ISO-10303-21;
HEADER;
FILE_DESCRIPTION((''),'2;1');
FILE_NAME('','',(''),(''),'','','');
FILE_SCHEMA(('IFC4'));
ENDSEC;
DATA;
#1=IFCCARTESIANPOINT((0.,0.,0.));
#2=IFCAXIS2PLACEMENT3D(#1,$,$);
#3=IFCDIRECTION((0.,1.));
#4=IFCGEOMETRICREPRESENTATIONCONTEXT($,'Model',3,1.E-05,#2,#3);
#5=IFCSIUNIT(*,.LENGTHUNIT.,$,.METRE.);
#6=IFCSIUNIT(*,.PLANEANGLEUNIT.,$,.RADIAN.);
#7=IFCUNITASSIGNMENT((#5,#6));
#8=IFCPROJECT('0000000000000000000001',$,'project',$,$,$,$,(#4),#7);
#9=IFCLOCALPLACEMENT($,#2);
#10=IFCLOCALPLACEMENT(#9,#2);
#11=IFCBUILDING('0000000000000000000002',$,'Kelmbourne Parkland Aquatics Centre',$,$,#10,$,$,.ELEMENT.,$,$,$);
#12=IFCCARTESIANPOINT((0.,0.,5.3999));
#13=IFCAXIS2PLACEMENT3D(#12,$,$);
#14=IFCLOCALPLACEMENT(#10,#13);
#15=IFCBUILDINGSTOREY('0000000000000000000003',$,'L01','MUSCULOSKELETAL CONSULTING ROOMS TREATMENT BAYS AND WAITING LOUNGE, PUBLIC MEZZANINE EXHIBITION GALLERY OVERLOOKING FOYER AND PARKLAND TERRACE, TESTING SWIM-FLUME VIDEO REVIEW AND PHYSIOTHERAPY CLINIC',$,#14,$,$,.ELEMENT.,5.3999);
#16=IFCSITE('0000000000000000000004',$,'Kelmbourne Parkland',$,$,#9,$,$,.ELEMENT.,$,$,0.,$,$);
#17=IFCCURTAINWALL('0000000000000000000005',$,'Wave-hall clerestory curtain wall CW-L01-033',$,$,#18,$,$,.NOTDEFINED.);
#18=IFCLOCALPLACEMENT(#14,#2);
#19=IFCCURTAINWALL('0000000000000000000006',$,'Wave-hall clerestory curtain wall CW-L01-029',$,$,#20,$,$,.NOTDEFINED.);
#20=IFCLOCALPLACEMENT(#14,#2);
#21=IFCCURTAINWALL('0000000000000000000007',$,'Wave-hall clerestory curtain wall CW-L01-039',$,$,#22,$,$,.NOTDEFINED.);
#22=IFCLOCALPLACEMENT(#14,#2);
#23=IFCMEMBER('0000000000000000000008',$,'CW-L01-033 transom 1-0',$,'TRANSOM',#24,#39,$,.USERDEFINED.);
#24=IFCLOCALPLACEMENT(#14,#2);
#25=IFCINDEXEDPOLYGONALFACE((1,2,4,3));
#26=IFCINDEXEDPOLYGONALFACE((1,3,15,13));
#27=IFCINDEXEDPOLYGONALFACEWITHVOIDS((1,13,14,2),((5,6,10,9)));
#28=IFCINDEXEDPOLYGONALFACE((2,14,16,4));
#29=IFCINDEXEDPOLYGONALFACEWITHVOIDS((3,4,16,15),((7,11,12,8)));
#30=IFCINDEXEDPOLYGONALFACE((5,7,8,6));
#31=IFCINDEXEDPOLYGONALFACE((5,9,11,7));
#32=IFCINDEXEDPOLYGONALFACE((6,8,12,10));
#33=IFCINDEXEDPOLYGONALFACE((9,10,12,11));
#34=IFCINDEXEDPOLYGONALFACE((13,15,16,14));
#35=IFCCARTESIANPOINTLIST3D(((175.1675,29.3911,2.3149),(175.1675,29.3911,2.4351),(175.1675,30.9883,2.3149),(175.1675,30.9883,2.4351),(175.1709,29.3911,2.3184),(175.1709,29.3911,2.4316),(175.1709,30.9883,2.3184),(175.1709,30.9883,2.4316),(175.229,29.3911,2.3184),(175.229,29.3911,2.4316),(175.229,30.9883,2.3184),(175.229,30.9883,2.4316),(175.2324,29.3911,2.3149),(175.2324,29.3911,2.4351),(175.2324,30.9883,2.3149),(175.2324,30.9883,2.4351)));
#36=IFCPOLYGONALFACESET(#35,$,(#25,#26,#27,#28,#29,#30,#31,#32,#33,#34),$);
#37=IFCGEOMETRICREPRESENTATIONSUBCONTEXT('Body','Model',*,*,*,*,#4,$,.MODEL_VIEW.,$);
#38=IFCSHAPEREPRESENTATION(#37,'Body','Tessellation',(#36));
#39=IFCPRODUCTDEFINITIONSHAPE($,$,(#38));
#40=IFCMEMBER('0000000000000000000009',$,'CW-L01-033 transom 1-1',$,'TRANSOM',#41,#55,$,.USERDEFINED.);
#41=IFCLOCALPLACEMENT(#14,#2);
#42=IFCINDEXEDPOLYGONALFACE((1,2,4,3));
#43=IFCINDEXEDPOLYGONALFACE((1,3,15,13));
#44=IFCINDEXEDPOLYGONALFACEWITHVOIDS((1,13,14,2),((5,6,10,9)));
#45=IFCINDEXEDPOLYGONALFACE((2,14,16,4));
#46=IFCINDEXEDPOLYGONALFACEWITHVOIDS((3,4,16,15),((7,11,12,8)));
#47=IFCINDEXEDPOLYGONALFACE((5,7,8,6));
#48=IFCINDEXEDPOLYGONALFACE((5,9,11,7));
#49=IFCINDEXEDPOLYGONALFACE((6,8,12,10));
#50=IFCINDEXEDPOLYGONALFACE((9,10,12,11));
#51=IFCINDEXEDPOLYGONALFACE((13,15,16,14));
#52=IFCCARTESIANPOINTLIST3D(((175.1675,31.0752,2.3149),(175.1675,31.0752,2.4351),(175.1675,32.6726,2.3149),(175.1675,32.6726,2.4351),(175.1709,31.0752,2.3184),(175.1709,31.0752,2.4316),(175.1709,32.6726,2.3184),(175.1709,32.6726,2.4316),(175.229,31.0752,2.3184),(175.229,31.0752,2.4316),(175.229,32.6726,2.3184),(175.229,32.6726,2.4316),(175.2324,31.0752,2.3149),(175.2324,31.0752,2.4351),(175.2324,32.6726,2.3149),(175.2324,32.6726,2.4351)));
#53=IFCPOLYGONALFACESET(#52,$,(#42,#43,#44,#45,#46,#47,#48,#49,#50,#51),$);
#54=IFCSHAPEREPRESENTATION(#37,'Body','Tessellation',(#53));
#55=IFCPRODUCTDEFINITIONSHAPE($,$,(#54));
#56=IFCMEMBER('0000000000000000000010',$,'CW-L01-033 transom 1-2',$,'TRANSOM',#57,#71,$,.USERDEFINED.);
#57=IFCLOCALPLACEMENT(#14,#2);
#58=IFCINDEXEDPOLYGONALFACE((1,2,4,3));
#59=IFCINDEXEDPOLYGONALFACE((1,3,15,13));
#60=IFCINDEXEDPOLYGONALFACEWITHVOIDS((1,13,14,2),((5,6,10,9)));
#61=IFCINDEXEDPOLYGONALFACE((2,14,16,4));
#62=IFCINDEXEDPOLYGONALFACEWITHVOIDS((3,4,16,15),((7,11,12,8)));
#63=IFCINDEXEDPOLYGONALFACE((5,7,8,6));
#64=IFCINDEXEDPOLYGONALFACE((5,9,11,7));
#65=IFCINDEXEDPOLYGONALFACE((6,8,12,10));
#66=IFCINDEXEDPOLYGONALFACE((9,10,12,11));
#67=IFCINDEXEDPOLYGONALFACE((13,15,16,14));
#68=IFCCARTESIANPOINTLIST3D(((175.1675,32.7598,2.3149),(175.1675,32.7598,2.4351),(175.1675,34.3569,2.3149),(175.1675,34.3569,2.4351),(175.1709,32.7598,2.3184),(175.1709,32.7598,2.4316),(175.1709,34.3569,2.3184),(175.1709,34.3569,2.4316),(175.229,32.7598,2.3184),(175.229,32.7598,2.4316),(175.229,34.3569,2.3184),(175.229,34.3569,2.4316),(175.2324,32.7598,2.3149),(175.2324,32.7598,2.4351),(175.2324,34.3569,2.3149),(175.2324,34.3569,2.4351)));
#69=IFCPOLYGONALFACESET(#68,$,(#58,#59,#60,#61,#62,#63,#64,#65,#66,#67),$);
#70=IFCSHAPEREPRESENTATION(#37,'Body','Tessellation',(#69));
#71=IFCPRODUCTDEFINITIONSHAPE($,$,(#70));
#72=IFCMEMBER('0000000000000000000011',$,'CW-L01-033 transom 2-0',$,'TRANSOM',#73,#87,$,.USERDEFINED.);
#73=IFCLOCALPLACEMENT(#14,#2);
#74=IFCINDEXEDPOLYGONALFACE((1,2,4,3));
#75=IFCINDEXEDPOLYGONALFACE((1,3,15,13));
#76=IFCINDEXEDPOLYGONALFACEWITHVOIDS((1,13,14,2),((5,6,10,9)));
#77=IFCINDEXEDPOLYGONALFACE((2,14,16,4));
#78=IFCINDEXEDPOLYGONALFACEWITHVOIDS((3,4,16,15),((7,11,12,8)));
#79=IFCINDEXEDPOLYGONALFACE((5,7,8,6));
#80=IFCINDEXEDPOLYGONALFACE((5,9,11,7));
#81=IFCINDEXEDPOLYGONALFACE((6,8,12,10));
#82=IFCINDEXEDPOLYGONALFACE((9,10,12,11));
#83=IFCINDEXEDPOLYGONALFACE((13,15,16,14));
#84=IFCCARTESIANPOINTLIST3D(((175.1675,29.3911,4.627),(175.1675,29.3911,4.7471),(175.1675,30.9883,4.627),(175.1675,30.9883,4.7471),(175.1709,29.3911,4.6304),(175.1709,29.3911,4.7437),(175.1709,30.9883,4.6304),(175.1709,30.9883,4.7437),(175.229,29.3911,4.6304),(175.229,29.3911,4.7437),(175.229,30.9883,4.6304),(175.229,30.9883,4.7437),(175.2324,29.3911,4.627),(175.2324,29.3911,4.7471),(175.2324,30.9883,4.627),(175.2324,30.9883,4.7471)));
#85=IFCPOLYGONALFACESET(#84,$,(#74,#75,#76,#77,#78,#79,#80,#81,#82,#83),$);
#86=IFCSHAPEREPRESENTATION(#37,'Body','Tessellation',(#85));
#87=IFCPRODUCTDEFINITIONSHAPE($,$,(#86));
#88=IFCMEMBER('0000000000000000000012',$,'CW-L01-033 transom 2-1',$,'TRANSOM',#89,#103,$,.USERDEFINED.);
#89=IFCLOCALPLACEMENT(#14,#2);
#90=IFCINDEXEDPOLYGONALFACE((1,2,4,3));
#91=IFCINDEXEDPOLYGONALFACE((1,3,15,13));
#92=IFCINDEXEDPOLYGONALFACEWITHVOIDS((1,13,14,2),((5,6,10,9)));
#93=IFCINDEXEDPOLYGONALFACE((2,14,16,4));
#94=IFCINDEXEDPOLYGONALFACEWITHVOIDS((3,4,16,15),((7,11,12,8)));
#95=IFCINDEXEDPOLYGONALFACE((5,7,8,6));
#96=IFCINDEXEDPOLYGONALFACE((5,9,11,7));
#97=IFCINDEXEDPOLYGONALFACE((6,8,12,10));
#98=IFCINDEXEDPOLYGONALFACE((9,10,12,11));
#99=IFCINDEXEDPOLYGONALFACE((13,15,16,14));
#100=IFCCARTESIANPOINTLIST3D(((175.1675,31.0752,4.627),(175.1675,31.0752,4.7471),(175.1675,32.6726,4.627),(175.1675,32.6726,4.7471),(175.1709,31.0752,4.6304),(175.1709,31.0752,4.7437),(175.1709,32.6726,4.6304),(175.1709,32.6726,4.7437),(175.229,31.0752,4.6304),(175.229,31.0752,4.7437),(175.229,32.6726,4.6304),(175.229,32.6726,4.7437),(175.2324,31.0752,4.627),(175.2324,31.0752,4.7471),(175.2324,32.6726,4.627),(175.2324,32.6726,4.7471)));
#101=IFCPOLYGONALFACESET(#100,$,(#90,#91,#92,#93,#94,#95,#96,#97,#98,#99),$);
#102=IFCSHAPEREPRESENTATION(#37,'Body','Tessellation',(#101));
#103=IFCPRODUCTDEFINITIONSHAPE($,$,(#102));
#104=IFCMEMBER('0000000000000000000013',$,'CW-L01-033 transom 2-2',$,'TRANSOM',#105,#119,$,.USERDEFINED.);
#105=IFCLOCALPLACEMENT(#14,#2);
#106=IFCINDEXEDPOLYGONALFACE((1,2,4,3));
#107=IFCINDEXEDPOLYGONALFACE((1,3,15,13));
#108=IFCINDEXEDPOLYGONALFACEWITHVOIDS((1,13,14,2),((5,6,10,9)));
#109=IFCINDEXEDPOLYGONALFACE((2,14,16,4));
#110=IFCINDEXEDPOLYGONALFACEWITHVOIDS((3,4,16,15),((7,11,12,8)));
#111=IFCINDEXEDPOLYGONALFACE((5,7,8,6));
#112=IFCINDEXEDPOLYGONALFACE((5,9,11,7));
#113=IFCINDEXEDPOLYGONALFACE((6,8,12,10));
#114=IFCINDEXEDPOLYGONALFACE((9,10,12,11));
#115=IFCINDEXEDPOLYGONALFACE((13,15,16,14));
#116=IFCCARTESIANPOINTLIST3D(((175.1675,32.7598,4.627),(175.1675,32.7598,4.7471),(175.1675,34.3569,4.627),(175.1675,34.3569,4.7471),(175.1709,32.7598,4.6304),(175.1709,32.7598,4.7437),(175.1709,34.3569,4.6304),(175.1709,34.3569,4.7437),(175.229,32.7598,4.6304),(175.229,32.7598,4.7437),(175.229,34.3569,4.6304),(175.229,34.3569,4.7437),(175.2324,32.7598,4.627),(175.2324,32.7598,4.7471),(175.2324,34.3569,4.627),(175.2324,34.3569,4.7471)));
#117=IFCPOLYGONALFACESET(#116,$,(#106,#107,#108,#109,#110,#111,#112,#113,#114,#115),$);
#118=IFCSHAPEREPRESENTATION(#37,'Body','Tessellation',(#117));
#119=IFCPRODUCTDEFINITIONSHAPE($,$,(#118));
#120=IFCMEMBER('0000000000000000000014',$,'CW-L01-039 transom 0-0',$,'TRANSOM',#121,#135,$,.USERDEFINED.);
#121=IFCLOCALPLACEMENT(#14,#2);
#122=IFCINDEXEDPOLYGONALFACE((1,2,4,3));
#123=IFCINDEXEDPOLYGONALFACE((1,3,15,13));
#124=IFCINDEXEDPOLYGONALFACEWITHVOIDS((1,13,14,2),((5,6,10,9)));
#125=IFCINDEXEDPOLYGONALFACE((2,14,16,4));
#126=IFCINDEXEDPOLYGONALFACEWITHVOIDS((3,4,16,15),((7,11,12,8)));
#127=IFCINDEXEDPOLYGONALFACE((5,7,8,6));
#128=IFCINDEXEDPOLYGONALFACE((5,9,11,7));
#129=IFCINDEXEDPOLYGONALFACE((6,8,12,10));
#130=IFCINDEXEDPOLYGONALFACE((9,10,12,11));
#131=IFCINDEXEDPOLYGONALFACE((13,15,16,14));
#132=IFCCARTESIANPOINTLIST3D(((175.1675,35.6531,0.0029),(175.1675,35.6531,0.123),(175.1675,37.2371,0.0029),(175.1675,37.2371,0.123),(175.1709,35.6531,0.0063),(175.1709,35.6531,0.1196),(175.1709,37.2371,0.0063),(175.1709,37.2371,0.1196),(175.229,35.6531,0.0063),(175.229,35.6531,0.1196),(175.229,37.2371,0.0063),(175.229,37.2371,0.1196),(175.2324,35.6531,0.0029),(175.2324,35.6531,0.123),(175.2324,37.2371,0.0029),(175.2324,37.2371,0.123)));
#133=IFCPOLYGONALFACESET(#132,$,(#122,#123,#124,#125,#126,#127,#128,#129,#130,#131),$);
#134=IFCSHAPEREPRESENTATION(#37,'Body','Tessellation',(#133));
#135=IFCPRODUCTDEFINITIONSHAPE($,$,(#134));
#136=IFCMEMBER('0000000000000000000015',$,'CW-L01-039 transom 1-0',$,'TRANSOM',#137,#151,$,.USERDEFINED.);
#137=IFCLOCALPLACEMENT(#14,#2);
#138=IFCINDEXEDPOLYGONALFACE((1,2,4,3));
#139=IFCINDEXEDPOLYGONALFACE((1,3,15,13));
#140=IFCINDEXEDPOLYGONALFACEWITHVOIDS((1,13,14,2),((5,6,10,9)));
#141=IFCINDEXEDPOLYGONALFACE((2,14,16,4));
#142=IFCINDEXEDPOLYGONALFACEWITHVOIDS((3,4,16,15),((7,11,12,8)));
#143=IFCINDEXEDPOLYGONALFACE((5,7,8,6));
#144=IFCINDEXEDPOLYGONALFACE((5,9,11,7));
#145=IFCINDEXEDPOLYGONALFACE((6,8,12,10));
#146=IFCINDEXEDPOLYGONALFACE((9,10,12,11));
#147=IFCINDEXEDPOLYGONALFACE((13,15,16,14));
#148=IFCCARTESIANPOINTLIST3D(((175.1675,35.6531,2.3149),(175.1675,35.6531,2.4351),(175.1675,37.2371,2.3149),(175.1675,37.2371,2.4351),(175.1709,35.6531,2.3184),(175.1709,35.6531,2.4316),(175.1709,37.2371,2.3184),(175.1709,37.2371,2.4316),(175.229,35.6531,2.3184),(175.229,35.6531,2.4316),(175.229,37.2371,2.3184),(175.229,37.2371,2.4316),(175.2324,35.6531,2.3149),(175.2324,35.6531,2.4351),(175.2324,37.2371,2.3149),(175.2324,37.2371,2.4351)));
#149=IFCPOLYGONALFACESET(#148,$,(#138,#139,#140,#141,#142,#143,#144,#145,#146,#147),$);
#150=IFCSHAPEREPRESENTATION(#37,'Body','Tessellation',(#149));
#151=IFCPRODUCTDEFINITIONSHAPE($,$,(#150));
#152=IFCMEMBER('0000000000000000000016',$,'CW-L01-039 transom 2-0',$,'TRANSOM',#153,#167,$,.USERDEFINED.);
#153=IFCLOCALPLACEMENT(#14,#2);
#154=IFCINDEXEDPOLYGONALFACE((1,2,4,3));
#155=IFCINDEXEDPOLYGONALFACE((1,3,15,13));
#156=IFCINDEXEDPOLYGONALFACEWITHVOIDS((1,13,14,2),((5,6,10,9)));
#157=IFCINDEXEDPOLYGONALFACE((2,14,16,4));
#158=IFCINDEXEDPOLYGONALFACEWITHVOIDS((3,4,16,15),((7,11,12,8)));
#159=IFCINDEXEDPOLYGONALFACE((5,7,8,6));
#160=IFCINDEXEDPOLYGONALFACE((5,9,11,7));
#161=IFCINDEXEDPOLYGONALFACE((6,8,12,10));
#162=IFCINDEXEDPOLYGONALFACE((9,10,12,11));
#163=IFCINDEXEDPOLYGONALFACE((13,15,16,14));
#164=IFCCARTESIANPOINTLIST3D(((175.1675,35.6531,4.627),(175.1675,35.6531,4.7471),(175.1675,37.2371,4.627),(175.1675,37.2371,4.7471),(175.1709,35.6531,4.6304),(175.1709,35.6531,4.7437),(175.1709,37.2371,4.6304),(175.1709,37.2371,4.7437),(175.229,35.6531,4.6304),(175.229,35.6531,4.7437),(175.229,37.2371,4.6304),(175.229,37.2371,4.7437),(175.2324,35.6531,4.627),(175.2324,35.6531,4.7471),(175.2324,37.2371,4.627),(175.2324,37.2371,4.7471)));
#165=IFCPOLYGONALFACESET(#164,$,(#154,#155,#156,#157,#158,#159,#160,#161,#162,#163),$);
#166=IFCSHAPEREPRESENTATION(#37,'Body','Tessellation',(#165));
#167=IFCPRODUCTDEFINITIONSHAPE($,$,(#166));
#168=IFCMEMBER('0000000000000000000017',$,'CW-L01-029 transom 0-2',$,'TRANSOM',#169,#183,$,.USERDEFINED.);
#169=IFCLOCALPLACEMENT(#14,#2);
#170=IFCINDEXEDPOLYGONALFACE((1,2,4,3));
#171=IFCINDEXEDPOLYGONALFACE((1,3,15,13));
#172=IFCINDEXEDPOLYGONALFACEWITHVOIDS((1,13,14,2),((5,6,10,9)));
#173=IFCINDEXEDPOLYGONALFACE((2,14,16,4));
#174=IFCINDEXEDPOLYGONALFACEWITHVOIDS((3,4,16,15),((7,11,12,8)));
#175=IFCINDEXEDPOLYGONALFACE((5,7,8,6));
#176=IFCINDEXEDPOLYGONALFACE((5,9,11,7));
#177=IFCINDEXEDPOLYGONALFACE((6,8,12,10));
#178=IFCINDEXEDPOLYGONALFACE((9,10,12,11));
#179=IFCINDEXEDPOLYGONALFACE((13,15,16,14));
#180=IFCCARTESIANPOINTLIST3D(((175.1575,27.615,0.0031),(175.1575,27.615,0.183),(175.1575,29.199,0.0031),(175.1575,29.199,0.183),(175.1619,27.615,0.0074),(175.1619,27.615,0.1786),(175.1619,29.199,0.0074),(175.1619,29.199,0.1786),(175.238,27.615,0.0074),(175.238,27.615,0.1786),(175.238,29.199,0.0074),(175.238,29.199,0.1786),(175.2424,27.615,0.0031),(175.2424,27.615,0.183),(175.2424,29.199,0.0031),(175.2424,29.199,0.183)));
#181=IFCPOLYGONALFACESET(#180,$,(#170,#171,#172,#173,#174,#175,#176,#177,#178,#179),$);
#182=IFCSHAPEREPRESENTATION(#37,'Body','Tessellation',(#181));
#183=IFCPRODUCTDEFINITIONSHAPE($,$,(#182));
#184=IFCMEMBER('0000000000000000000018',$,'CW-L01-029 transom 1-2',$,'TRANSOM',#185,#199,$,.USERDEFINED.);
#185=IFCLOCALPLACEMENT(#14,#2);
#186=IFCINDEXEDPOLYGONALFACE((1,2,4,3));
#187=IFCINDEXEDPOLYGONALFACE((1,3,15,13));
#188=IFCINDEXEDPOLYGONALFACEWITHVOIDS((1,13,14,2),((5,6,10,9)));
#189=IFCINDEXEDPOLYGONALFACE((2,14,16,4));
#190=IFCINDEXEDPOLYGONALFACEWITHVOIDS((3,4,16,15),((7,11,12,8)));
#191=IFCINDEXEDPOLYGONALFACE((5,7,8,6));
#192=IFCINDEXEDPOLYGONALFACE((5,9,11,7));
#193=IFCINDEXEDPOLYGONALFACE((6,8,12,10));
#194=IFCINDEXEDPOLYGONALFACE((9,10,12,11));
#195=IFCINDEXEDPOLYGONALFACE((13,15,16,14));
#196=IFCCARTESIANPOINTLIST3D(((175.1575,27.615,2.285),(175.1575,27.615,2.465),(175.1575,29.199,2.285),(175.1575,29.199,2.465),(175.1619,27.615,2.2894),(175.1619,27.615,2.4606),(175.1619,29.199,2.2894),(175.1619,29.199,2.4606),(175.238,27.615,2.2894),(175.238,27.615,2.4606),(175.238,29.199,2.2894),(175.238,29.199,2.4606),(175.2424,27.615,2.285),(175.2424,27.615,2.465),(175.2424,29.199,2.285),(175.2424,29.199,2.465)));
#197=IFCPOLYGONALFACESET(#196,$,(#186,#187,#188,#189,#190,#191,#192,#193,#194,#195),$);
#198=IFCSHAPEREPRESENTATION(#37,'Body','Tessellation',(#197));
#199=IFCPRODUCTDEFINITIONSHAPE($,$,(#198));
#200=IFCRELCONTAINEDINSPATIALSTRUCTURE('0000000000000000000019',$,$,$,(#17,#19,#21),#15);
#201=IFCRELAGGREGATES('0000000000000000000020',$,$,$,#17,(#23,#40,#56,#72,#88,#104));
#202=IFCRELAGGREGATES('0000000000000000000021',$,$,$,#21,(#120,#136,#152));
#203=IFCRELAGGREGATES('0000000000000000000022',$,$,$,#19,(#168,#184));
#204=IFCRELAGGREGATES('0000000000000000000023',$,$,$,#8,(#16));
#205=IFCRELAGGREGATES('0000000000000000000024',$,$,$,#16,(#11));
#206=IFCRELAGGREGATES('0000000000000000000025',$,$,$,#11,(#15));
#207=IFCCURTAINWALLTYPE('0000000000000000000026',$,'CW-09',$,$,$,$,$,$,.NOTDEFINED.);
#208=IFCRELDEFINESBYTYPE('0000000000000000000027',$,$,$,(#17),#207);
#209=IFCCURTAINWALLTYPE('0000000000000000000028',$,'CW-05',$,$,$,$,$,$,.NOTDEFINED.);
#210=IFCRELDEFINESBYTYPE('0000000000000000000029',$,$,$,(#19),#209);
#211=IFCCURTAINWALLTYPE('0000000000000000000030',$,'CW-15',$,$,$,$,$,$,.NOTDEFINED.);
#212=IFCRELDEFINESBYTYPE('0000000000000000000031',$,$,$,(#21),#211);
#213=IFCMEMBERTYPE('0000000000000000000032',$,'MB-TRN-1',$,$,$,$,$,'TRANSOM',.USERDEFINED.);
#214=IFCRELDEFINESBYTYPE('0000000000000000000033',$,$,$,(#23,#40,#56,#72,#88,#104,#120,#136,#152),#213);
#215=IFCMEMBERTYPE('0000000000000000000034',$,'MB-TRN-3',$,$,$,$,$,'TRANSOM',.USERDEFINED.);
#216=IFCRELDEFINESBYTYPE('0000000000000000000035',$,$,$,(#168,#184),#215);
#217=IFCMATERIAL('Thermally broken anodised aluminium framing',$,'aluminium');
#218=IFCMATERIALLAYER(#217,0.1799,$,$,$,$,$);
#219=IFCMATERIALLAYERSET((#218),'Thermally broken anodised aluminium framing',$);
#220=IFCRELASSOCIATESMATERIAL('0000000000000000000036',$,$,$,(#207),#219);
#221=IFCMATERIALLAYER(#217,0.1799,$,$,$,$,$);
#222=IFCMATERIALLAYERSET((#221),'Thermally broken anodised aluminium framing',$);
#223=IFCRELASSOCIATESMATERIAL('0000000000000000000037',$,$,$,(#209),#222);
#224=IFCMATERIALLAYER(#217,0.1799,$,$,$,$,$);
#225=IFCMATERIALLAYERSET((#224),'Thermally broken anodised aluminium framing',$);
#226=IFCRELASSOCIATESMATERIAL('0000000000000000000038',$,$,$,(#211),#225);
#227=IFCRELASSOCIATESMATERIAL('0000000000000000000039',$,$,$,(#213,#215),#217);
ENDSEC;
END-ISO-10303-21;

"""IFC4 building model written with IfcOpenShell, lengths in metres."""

from ifc_helpers import new_model, si_unit, direction, frame, origin, origin_2d, place, context, subcontext, project, spatial, hollow_rectangle, extrude, material, layer, layer_set, material_profile, profile_set, type_object, element, aggregate, save


model = new_model("IFC4")

# Units and contexts
model_context = context("Model", 3, precision=1e-05, world=origin(), true_north=direction((0.0, 1.0)))
body_context = subcontext(model_context, "Body", "Model", "MODEL_VIEW")
ifc_project = project(units=[si_unit("LENGTHUNIT", "METRE"), si_unit("PLANEANGLEUNIT", "RADIAN")], contexts=[model_context])

# Site, building, storey
site_placement = place(None, origin())
site = spatial("IfcSite", under=ifc_project, at=site_placement, Name="Kelmbourne Parkland", CompositionType="ELEMENT", RefElevation=0.0)
building_placement = place(site_placement, origin())
building = spatial("IfcBuilding", under=site, at=building_placement, Name="Kelmbourne Parkland Aquatics Centre", CompositionType="ELEMENT")
storey_placement = place(building_placement, frame((0.0, 0.0, 5.3999)))
storey = spatial("IfcBuildingStorey", under=building, at=storey_placement, Name="L01", Description="MUSCULOSKELETAL CONSULTING ROOMS TREATMENT BAYS AND WAITING LOUNGE, PUBLIC MEZZANINE EXHIBITION GALLERY OVERLOOKING FOYER AND PARKLAND TERRACE, TESTING SWIM-FLUME VIDEO REVIEW AND PHYSIOTHERAPY CLINIC", CompositionType="ELEMENT", Elevation=5.3999)

# Curtain walls
ifc_material_1 = material(Name="Thermally broken anodised aluminium framing", Category="aluminium")
ifc_layer_1 = layer(ifc_material_1, 0.1799)
ifc_layer_set_1 = layer_set([ifc_layer_1], Name="Thermally broken anodised aluminium framing")
curtain_wall_type_1 = type_object("IfcCurtainWallType", Name="CW-09", PredefinedType="NOTDEFINED", material=ifc_layer_set_1)
curtain_wall_1_placement = place(storey_placement, origin())
curtain_wall_1 = element("IfcCurtainWall", 1, at=curtain_wall_1_placement, inside=storey, type_object=curtain_wall_type_1, Name="Wave-hall clerestory curtain wall CW-L01-033", PredefinedType="NOTDEFINED")
ifc_layer_2 = layer(ifc_material_1, 0.1799)
ifc_layer_set_2 = layer_set([ifc_layer_2], Name="Thermally broken anodised aluminium framing")
curtain_wall_type_2 = type_object("IfcCurtainWallType", Name="CW-05", PredefinedType="NOTDEFINED", material=ifc_layer_set_2)
curtain_wall_2_placement = place(storey_placement, origin())
curtain_wall_2 = element("IfcCurtainWall", 2, at=curtain_wall_2_placement, inside=storey, type_object=curtain_wall_type_2, Name="Wave-hall clerestory curtain wall CW-L01-029", PredefinedType="NOTDEFINED")

# Curtain wall
ifc_layer_3 = layer(ifc_material_1, 0.1799)
ifc_layer_set_3 = layer_set([ifc_layer_3], Name="Thermally broken anodised aluminium framing")
curtain_wall_type_3 = type_object("IfcCurtainWallType", Name="CW-15", PredefinedType="NOTDEFINED", material=ifc_layer_set_3)
curtain_wall_3_placement = place(storey_placement, origin())
curtain_wall_3 = element("IfcCurtainWall", 3, at=curtain_wall_3_placement, inside=storey, type_object=curtain_wall_type_3, Name="Wave-hall clerestory curtain wall CW-L01-039", PredefinedType="NOTDEFINED")

# Members
ifc_material_profile_1 = material_profile(ifc_material_1, hollow_rectangle(XDim=0.0649, YDim=0.1201, WallThickness=0.0034, at=origin_2d()), Name="CW-T 65x120")
ifc_profile_set_1 = profile_set([ifc_material_profile_1], Name="Thermally broken anodised aluminium framing")
member_type_1 = type_object("IfcMemberType", Name="MB-TRN-1", ElementType="TRANSOM", PredefinedType="USERDEFINED", material=ifc_profile_set_1)
member_1_placement = place(storey_placement, frame((175.2, 29.3911, 2.375), z_axis=(0.0, 1.0, 0.0), x_axis=(-1.0, 0.0, 0.0)))
member_1 = element("IfcMember", 4, at=member_1_placement, type_object=member_type_1, Name="CW-L01-033 transom 1-0", ObjectType="TRANSOM", PredefinedType="USERDEFINED", context=body_context, shape_type="SweptSolid", body=[
    extrude(hollow_rectangle(XDim=0.0649, YDim=0.1201, WallThickness=0.0034, at=origin_2d()), origin(), (0.0, 0.0, 1.0), 1.5972),
])
member_2_placement = place(storey_placement, frame((175.2, 31.0752, 2.375), z_axis=(0.0, 1.0, 0.0), x_axis=(-1.0, 0.0, 0.0)))
member_2 = element("IfcMember", 5, at=member_2_placement, type_object=member_type_1, Name="CW-L01-033 transom 1-1", ObjectType="TRANSOM", PredefinedType="USERDEFINED", context=body_context, shape_type="SweptSolid", body=[
    extrude(hollow_rectangle(XDim=0.0649, YDim=0.1201, WallThickness=0.0034, at=origin_2d()), origin(), (0.0, 0.0, 1.0), 1.5974),
])
member_3_placement = place(storey_placement, frame((175.2, 32.7598, 2.375), z_axis=(0.0, 1.0, 0.0), x_axis=(-1.0, 0.0, 0.0)))
member_3 = element("IfcMember", 6, at=member_3_placement, type_object=member_type_1, Name="CW-L01-033 transom 1-2", ObjectType="TRANSOM", PredefinedType="USERDEFINED", context=body_context, shape_type="SweptSolid", body=[
    extrude(hollow_rectangle(XDim=0.0649, YDim=0.1201, WallThickness=0.0034, at=origin_2d()), origin(), (0.0, 0.0, 1.0), 1.5972),
])
member_4_placement = place(storey_placement, frame((175.2, 29.3911, 4.687), z_axis=(0.0, 1.0, 0.0), x_axis=(-1.0, 0.0, 0.0)))
member_4 = element("IfcMember", 7, at=member_4_placement, type_object=member_type_1, Name="CW-L01-033 transom 2-0", ObjectType="TRANSOM", PredefinedType="USERDEFINED", context=body_context, shape_type="SweptSolid", body=[
    extrude(hollow_rectangle(XDim=0.0649, YDim=0.1201, WallThickness=0.0034, at=origin_2d()), origin(), (0.0, 0.0, 1.0), 1.5972),
])
member_5_placement = place(storey_placement, frame((175.2, 31.0752, 4.687), z_axis=(0.0, 1.0, 0.0), x_axis=(-1.0, 0.0, 0.0)))
member_5 = element("IfcMember", 8, at=member_5_placement, type_object=member_type_1, Name="CW-L01-033 transom 2-1", ObjectType="TRANSOM", PredefinedType="USERDEFINED", context=body_context, shape_type="SweptSolid", body=[
    extrude(hollow_rectangle(XDim=0.0649, YDim=0.1201, WallThickness=0.0034, at=origin_2d()), origin(), (0.0, 0.0, 1.0), 1.5974),
])
member_6_placement = place(storey_placement, frame((175.2, 32.7598, 4.687), z_axis=(0.0, 1.0, 0.0), x_axis=(-1.0, 0.0, 0.0)))
member_6 = element("IfcMember", 9, at=member_6_placement, type_object=member_type_1, Name="CW-L01-033 transom 2-2", ObjectType="TRANSOM", PredefinedType="USERDEFINED", context=body_context, shape_type="SweptSolid", body=[
    extrude(hollow_rectangle(XDim=0.0649, YDim=0.1201, WallThickness=0.0034, at=origin_2d()), origin(), (0.0, 0.0, 1.0), 1.5972),
])
member_7_placement = place(storey_placement, frame((175.2, 35.6531, 0.063), z_axis=(0.0, 1.0, 0.0), x_axis=(-1.0, 0.0, 0.0)))
member_7 = element("IfcMember", 10, at=member_7_placement, type_object=member_type_1, Name="CW-L01-039 transom 0-0", ObjectType="TRANSOM", PredefinedType="USERDEFINED", context=body_context, shape_type="SweptSolid", body=[
    extrude(hollow_rectangle(XDim=0.0649, YDim=0.1201, WallThickness=0.0034, at=origin_2d()), origin(), (0.0, 0.0, 1.0), 1.584),
])
member_8_placement = place(storey_placement, frame((175.2, 35.6531, 2.375), z_axis=(0.0, 1.0, 0.0), x_axis=(-1.0, 0.0, 0.0)))
member_8 = element("IfcMember", 11, at=member_8_placement, type_object=member_type_1, Name="CW-L01-039 transom 1-0", ObjectType="TRANSOM", PredefinedType="USERDEFINED", context=body_context, shape_type="SweptSolid", body=[
    extrude(hollow_rectangle(XDim=0.0649, YDim=0.1201, WallThickness=0.0034, at=origin_2d()), origin(), (0.0, 0.0, 1.0), 1.584),
])
member_9_placement = place(storey_placement, frame((175.2, 35.6531, 4.687), z_axis=(0.0, 1.0, 0.0), x_axis=(-1.0, 0.0, 0.0)))
member_9 = element("IfcMember", 12, at=member_9_placement, type_object=member_type_1, Name="CW-L01-039 transom 2-0", ObjectType="TRANSOM", PredefinedType="USERDEFINED", context=body_context, shape_type="SweptSolid", body=[
    extrude(hollow_rectangle(XDim=0.0649, YDim=0.1201, WallThickness=0.0034, at=origin_2d()), origin(), (0.0, 0.0, 1.0), 1.584),
])
ifc_material_profile_2 = material_profile(ifc_material_1, hollow_rectangle(XDim=0.085, YDim=0.1799, WallThickness=0.0044, at=origin_2d()), Name="CW-T 85x180")
ifc_profile_set_2 = profile_set([ifc_material_profile_2], Name="Thermally broken anodised aluminium framing")
member_type_2 = type_object("IfcMemberType", Name="MB-TRN-3", ElementType="TRANSOM", PredefinedType="USERDEFINED", material=ifc_profile_set_2)
member_10_placement = place(storey_placement, frame((175.2, 27.615, 0.093), z_axis=(0.0, 1.0, 0.0), x_axis=(-1.0, 0.0, 0.0)))
member_10 = element("IfcMember", 13, at=member_10_placement, type_object=member_type_2, Name="CW-L01-029 transom 0-2", ObjectType="TRANSOM", PredefinedType="USERDEFINED", context=body_context, shape_type="SweptSolid", body=[
    extrude(hollow_rectangle(XDim=0.085, YDim=0.1799, WallThickness=0.0044, at=origin_2d()), origin(), (0.0, 0.0, 1.0), 1.584),
])
member_11_placement = place(storey_placement, frame((175.2, 27.615, 2.375), z_axis=(0.0, 1.0, 0.0), x_axis=(-1.0, 0.0, 0.0)))
member_11 = element("IfcMember", 14, at=member_11_placement, type_object=member_type_2, Name="CW-L01-029 transom 1-2", ObjectType="TRANSOM", PredefinedType="USERDEFINED", context=body_context, shape_type="SweptSolid", body=[
    extrude(hollow_rectangle(XDim=0.085, YDim=0.1799, WallThickness=0.0044, at=origin_2d()), origin(), (0.0, 0.0, 1.0), 1.584),
])

aggregate(curtain_wall_1, [member_1, member_2, member_3, member_4, member_5, member_6])
aggregate(curtain_wall_3, [member_7, member_8, member_9])
aggregate(curtain_wall_2, [member_10, member_11])

save(model, "model.ifc")
